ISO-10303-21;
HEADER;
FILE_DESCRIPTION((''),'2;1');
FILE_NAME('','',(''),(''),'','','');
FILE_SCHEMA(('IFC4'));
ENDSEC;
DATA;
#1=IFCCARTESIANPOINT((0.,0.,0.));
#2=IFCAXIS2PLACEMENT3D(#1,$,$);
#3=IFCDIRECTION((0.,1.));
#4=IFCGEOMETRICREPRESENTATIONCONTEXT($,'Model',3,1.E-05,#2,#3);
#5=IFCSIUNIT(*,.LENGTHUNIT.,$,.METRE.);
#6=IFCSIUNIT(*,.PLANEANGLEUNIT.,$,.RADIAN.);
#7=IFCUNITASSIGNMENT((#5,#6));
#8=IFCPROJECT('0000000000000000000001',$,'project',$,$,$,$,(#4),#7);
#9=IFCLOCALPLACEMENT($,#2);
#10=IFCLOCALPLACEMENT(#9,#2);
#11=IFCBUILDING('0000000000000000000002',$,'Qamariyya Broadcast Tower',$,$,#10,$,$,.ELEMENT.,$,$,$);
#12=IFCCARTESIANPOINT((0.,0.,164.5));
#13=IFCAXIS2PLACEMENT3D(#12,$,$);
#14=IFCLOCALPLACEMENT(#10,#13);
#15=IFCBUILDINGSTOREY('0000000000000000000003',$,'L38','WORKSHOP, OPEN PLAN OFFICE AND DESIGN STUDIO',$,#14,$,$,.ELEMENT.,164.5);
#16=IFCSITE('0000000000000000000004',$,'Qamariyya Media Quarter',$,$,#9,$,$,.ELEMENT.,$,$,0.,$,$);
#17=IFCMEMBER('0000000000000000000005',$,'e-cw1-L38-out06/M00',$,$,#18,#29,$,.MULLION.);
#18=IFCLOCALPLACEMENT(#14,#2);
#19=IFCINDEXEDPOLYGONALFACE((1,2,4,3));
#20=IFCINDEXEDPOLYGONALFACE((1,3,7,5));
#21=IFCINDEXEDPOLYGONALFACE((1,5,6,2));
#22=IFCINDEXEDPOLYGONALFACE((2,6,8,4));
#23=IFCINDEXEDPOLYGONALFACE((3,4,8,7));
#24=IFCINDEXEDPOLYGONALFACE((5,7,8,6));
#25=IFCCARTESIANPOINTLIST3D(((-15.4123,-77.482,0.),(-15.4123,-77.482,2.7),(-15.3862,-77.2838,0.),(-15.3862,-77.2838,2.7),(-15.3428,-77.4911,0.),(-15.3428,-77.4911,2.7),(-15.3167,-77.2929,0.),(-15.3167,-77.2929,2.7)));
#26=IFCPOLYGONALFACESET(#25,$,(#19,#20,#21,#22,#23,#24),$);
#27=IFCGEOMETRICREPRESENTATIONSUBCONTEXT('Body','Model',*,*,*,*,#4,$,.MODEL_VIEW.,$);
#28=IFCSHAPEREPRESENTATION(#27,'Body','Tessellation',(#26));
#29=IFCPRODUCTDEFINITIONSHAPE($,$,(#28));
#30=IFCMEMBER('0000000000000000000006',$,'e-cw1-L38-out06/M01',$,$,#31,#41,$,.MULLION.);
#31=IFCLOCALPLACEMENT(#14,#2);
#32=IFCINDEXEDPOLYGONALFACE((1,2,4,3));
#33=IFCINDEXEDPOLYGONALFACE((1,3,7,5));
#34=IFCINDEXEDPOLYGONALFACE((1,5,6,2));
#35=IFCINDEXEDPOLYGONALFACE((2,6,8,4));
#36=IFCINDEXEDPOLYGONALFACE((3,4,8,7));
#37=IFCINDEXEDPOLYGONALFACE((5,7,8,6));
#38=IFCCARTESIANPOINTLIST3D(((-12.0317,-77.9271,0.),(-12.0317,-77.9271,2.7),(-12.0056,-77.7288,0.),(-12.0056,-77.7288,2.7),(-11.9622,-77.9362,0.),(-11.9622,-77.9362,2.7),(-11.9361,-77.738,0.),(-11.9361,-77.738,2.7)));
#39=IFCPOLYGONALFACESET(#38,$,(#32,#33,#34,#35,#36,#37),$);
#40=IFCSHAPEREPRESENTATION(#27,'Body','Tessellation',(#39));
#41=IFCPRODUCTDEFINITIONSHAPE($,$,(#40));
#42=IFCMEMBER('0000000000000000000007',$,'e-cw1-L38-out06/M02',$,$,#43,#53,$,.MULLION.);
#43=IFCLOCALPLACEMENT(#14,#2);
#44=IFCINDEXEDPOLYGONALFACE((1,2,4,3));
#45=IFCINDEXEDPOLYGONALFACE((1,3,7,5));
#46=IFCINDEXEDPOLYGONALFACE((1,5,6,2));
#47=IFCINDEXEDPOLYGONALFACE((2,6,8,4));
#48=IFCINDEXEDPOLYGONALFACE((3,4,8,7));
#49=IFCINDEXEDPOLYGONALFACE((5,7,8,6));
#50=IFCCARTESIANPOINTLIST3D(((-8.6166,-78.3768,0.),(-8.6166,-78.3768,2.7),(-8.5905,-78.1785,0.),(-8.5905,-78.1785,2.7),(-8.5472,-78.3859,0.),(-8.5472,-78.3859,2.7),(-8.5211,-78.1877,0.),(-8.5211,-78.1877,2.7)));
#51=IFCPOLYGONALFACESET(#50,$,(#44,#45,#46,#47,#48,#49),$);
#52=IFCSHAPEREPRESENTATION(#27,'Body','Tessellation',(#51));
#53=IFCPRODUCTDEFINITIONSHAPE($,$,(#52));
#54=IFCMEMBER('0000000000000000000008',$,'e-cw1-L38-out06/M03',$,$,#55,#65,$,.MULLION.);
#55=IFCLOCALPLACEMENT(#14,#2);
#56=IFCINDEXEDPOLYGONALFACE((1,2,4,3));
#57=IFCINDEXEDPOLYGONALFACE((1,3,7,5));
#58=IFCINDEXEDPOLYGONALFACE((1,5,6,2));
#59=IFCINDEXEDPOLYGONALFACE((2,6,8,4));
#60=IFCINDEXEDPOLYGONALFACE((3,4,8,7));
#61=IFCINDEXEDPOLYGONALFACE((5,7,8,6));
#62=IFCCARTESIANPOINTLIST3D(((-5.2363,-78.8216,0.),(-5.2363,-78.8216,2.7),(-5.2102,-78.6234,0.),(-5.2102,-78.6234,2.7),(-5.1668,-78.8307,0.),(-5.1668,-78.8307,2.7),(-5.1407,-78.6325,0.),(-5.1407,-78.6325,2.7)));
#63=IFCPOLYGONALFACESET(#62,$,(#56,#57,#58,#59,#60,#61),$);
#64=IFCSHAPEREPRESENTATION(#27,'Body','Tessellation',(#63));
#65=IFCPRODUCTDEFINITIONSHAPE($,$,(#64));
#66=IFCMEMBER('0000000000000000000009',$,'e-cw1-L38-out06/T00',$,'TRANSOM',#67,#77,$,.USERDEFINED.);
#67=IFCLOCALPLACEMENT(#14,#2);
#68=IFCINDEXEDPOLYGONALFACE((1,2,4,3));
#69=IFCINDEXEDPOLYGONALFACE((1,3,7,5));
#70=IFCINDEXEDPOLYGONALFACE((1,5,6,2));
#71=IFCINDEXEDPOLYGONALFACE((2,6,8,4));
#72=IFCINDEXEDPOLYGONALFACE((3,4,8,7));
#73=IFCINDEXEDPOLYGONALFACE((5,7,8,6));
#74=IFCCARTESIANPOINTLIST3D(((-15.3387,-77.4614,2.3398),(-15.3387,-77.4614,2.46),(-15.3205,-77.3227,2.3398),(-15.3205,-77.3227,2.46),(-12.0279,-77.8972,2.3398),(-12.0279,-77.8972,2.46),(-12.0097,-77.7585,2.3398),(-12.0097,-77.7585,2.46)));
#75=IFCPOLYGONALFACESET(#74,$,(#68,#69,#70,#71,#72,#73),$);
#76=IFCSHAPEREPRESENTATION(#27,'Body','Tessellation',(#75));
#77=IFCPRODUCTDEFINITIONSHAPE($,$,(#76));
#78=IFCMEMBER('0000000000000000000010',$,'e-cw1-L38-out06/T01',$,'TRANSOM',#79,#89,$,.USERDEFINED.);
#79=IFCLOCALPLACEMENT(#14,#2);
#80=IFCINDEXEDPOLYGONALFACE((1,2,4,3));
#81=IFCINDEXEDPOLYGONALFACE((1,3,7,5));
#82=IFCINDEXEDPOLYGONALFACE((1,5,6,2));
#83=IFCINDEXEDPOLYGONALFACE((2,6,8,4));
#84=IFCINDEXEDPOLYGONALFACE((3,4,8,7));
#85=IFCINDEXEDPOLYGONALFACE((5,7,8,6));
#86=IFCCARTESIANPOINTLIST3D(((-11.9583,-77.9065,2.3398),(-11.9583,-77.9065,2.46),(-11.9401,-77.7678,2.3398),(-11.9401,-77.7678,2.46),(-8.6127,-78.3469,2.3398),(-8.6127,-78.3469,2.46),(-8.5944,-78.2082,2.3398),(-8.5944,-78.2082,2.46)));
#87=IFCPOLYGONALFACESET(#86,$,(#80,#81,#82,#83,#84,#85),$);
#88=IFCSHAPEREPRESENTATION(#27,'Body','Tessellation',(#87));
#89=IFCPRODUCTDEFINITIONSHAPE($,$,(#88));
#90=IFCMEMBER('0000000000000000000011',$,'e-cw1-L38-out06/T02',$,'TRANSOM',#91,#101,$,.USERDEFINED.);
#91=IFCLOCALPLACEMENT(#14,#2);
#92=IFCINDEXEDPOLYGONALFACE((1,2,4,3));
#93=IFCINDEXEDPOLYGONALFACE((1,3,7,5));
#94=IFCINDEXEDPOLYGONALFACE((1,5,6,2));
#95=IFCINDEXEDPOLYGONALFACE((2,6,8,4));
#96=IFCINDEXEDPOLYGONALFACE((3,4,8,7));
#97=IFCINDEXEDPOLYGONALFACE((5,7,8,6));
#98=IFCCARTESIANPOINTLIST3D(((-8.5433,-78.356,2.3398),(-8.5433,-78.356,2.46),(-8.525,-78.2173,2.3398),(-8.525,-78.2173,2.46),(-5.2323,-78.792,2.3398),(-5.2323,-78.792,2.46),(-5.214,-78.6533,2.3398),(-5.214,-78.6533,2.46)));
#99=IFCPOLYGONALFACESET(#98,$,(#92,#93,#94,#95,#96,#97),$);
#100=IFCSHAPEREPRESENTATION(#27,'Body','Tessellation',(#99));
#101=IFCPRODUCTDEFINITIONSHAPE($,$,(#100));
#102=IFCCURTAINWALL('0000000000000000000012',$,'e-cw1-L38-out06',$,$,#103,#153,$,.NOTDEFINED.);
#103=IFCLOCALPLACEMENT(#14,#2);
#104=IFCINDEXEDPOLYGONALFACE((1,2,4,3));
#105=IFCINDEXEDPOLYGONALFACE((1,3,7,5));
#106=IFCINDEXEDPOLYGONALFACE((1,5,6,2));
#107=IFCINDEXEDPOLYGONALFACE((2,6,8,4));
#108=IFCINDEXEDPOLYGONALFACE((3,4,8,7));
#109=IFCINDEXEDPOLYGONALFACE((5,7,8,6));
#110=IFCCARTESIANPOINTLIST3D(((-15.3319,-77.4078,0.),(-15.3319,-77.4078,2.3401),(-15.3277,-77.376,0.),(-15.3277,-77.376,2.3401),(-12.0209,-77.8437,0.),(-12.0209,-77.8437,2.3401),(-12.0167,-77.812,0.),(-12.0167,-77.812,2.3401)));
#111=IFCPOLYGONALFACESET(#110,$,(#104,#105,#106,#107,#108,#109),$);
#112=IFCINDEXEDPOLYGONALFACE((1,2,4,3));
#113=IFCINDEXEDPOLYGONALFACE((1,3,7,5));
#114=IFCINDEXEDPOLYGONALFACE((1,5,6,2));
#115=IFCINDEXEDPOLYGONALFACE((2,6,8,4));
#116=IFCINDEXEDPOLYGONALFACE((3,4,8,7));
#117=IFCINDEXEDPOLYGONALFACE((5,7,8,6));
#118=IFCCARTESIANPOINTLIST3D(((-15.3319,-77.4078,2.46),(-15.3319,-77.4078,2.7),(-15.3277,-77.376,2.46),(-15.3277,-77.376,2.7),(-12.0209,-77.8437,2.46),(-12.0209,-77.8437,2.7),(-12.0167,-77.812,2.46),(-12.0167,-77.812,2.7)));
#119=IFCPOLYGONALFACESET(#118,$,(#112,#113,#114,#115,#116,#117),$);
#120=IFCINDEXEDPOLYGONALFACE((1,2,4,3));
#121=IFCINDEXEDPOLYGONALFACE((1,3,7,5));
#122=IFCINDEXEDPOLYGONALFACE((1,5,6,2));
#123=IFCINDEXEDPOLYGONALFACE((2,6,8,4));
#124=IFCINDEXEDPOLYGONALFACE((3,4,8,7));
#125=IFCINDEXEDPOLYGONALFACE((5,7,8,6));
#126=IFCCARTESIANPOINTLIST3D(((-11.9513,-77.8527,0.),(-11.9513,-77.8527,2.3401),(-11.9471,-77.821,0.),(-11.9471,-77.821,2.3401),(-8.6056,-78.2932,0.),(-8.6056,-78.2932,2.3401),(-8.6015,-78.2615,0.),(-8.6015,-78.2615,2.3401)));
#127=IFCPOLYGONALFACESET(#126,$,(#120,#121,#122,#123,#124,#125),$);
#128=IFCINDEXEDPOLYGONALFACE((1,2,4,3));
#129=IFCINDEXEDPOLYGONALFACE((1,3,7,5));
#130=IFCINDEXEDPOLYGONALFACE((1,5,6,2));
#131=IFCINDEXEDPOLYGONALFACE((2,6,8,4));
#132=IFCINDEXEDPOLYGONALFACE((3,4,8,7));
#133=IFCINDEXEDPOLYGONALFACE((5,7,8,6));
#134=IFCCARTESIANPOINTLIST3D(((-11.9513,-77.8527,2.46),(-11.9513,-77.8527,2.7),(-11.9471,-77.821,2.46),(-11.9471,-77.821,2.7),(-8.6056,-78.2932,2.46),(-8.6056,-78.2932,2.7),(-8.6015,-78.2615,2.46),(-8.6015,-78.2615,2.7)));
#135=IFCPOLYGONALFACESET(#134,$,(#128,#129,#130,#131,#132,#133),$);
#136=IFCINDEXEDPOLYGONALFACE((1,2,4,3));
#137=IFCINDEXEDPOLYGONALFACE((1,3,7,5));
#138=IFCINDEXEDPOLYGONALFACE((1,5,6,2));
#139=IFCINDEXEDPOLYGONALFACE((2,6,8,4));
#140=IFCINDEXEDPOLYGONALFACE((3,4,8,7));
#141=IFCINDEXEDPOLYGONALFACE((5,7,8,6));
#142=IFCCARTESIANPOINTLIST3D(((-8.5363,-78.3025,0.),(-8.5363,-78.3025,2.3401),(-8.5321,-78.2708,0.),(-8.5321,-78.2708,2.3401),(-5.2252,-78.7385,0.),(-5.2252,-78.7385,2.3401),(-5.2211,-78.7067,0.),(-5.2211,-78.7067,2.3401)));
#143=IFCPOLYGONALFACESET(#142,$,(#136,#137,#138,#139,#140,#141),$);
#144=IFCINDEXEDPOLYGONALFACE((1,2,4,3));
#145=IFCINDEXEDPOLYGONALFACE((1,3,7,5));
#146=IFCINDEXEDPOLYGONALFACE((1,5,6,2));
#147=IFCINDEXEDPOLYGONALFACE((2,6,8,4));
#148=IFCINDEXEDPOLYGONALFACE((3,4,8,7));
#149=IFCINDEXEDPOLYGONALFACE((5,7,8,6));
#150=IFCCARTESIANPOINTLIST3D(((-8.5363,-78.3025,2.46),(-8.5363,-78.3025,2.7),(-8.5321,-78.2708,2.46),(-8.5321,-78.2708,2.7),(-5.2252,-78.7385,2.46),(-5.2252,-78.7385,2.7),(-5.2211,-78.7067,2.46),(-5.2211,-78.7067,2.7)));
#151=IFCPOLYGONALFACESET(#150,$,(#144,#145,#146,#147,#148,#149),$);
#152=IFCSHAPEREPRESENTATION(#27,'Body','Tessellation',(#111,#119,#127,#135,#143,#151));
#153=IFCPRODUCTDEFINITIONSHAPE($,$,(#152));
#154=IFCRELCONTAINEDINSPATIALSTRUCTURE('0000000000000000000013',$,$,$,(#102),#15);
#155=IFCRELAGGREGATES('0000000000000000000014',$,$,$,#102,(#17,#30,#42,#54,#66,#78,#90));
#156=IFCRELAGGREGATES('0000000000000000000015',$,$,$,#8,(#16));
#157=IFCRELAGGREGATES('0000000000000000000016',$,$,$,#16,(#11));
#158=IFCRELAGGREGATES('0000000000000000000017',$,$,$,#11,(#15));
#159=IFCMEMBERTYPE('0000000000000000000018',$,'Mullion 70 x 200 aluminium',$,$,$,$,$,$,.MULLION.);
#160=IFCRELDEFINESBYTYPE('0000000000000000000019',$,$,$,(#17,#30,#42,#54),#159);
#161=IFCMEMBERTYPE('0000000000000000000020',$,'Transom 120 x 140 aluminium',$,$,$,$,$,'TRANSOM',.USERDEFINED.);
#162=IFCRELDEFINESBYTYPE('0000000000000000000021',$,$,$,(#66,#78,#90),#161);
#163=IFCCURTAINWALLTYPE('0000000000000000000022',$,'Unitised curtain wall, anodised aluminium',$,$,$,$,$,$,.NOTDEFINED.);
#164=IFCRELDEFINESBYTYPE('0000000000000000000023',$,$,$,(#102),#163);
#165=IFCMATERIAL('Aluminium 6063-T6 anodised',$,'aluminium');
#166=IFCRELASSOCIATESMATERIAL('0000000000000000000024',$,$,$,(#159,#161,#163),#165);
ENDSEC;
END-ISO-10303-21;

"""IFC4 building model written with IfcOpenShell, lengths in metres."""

from ifc_helpers import new_model, si_unit, direction, frame, origin, origin_2d, place, context, subcontext, project, spatial, rectangle, extrude, material, material_profile, profile_set, type_object, element, aggregate, save


model = new_model("IFC4")

# Units and contexts
model_context = context("Model", 3, precision=1e-05, world=origin(), true_north=direction((0.0, 1.0)))
body_context = subcontext(model_context, "Body", "Model", "MODEL_VIEW")
ifc_project = project(units=[si_unit("LENGTHUNIT", "METRE"), si_unit("PLANEANGLEUNIT", "RADIAN")], contexts=[model_context])

# Members
ifc_material = material(Name="Aluminium 6063-T6 anodised", Category="aluminium")
ifc_material_profile_1 = material_profile(ifc_material, rectangle(XDim=0.2, YDim=0.0701, at=origin_2d()))
ifc_profile_set_1 = profile_set([ifc_material_profile_1], Name="Aluminium 6063-T6 anodised")
member_type_1 = type_object("IfcMemberType", Name="Mullion 70 x 200 aluminium", PredefinedType="MULLION", material=ifc_profile_set_1)
site_placement = place(None, origin())
building_placement = place(site_placement, origin())
storey_placement = place(building_placement, frame((0.0, 0.0, 164.5)))
member_1_placement = place(storey_placement, frame((-15.3645, -77.3875, 0.0), z_axis=(0.0, 0.0, 1.0), x_axis=(0.130526, 0.991445, 0.0)))
member_1 = element("IfcMember", 1, at=member_1_placement, type_object=member_type_1, Name="e-cw1-L38-out06/M00", PredefinedType="MULLION", context=body_context, shape_type="SweptSolid", body=[
    extrude(rectangle(XDim=0.2, YDim=0.0701, at=origin_2d()), origin(), (0.0, 0.0, 1.0), 2.7),
])
member_2_placement = place(storey_placement, frame((-11.9839, -77.8325, 0.0), z_axis=(0.0, 0.0, 1.0), x_axis=(0.130526, 0.991445, 0.0)))
member_2 = element("IfcMember", 2, at=member_2_placement, type_object=member_type_1, Name="e-cw1-L38-out06/M01", PredefinedType="MULLION", context=body_context, shape_type="SweptSolid", body=[
    extrude(rectangle(XDim=0.2, YDim=0.0701, at=origin_2d()), origin(), (0.0, 0.0, 1.0), 2.7),
])
member_3_placement = place(storey_placement, frame((-8.5688, -78.2822, 0.0), z_axis=(0.0, 0.0, 1.0), x_axis=(0.130526, 0.991445, 0.0)))
member_3 = element("IfcMember", 3, at=member_3_placement, type_object=member_type_1, Name="e-cw1-L38-out06/M02", PredefinedType="MULLION", context=body_context, shape_type="SweptSolid", body=[
    extrude(rectangle(XDim=0.2, YDim=0.0701, at=origin_2d()), origin(), (0.0, 0.0, 1.0), 2.7),
])
member_4_placement = place(storey_placement, frame((-5.1885, -78.7271, 0.0), z_axis=(0.0, 0.0, 1.0), x_axis=(0.130526, 0.991445, 0.0)))
member_4 = element("IfcMember", 4, at=member_4_placement, type_object=member_type_1, Name="e-cw1-L38-out06/M03", PredefinedType="MULLION", context=body_context, shape_type="SweptSolid", body=[
    extrude(rectangle(XDim=0.2, YDim=0.0701, at=origin_2d()), origin(), (0.0, 0.0, 1.0), 2.7),
])
ifc_material_profile_2 = material_profile(ifc_material, rectangle(XDim=0.1399, YDim=0.1201, at=origin_2d()))
ifc_profile_set_2 = profile_set([ifc_material_profile_2], Name="Aluminium 6063-T6 anodised")
member_type_2 = type_object("IfcMemberType", Name="Transom 120 x 140 aluminium", ElementType="TRANSOM", PredefinedType="USERDEFINED", material=ifc_profile_set_2)
member_5_placement = place(storey_placement, frame((-15.3296, -77.3921, 2.3999), z_axis=(0.991448, -0.130502, 0.0), x_axis=(0.130502, 0.991448, 0.0)))
member_5 = element("IfcMember", 5, at=member_5_placement, type_object=member_type_2, Name="e-cw1-L38-out06/T00", ObjectType="TRANSOM", PredefinedType="USERDEFINED", context=body_context, shape_type="SweptSolid", body=[
    extrude(rectangle(XDim=0.1399, YDim=0.1201, at=origin_2d()), origin(), (0.0, 0.0, 1.0), 3.3394),
])
member_6_placement = place(storey_placement, frame((-11.9492, -77.8372, 2.3999), z_axis=(0.991446, -0.130514, 0.0), x_axis=(0.130514, 0.991446, 0.0)))
member_6 = element("IfcMember", 6, at=member_6_placement, type_object=member_type_2, Name="e-cw1-L38-out06/T01", ObjectType="TRANSOM", PredefinedType="USERDEFINED", context=body_context, shape_type="SweptSolid", body=[
    extrude(rectangle(XDim=0.1399, YDim=0.1201, at=origin_2d()), origin(), (0.0, 0.0, 1.0), 3.3745),
])
member_7_placement = place(storey_placement, frame((-8.5342, -78.2866, 2.3999), z_axis=(0.99144, -0.130564, 0.0), x_axis=(0.130564, 0.99144, 0.0)))
member_7 = element("IfcMember", 7, at=member_7_placement, type_object=member_type_2, Name="e-cw1-L38-out06/T02", ObjectType="TRANSOM", PredefinedType="USERDEFINED", context=body_context, shape_type="SweptSolid", body=[
    extrude(rectangle(XDim=0.1399, YDim=0.1201, at=origin_2d()), origin(), (0.0, 0.0, 1.0), 3.3396),
])

# Site, building, storey
site = spatial("IfcSite", under=ifc_project, at=site_placement, Name="Qamariyya Media Quarter", CompositionType="ELEMENT", RefElevation=0.0)
building = spatial("IfcBuilding", under=site, at=building_placement, Name="Qamariyya Broadcast Tower", CompositionType="ELEMENT")
storey = spatial("IfcBuildingStorey", under=building, at=storey_placement, Name="L38", Description="WORKSHOP, OPEN PLAN OFFICE AND DESIGN STUDIO", CompositionType="ELEMENT", Elevation=164.5)

# Curtain wall
curtain_wall_type = type_object("IfcCurtainWallType", Name="Unitised curtain wall, anodised aluminium", PredefinedType="NOTDEFINED", material=ifc_material)
curtain_wall_1_placement = place(storey_placement, origin())
curtain_wall_1 = element("IfcCurtainWall", 8, at=curtain_wall_1_placement, inside=storey, type_object=curtain_wall_type, Name="e-cw1-L38-out06", PredefinedType="NOTDEFINED", context=body_context, shape_type="SweptSolid", body=[
    extrude(rectangle(XDim=3.3396, YDim=0.032, at=origin_2d()), frame((-13.6743, -77.6099, 0.0), x_axis=(0.991444, -0.130531, 0.0)), (0.0, 0.0, 1.0), 2.3401),
    extrude(rectangle(XDim=3.3396, YDim=0.032, at=origin_2d()), frame((-13.6743, -77.6099, 2.46), x_axis=(0.991444, -0.130531, 0.0)), (0.0, 0.0, 1.0), 0.24),
    extrude(rectangle(XDim=3.3745, YDim=0.032, at=origin_2d()), frame((-10.2764, -78.0571, 0.0), x_axis=(0.991444, -0.130531, 0.0)), (0.0, 0.0, 1.0), 2.3401),
    extrude(rectangle(XDim=3.3745, YDim=0.032, at=origin_2d()), frame((-10.2764, -78.0571, 2.46), x_axis=(0.991444, -0.130531, 0.0)), (0.0, 0.0, 1.0), 0.24),
    extrude(rectangle(XDim=3.3396, YDim=0.032, at=origin_2d()), frame((-6.8787, -78.5046, 0.0), x_axis=(0.991444, -0.130531, 0.0)), (0.0, 0.0, 1.0), 2.3401),
    extrude(rectangle(XDim=3.3396, YDim=0.032, at=origin_2d()), frame((-6.8787, -78.5046, 2.46), x_axis=(0.991444, -0.130531, 0.0)), (0.0, 0.0, 1.0), 0.24),
])
aggregate(curtain_wall_1, [member_1, member_2, member_3, member_4, member_5, member_6, member_7])

save(model, "model.ifc")
